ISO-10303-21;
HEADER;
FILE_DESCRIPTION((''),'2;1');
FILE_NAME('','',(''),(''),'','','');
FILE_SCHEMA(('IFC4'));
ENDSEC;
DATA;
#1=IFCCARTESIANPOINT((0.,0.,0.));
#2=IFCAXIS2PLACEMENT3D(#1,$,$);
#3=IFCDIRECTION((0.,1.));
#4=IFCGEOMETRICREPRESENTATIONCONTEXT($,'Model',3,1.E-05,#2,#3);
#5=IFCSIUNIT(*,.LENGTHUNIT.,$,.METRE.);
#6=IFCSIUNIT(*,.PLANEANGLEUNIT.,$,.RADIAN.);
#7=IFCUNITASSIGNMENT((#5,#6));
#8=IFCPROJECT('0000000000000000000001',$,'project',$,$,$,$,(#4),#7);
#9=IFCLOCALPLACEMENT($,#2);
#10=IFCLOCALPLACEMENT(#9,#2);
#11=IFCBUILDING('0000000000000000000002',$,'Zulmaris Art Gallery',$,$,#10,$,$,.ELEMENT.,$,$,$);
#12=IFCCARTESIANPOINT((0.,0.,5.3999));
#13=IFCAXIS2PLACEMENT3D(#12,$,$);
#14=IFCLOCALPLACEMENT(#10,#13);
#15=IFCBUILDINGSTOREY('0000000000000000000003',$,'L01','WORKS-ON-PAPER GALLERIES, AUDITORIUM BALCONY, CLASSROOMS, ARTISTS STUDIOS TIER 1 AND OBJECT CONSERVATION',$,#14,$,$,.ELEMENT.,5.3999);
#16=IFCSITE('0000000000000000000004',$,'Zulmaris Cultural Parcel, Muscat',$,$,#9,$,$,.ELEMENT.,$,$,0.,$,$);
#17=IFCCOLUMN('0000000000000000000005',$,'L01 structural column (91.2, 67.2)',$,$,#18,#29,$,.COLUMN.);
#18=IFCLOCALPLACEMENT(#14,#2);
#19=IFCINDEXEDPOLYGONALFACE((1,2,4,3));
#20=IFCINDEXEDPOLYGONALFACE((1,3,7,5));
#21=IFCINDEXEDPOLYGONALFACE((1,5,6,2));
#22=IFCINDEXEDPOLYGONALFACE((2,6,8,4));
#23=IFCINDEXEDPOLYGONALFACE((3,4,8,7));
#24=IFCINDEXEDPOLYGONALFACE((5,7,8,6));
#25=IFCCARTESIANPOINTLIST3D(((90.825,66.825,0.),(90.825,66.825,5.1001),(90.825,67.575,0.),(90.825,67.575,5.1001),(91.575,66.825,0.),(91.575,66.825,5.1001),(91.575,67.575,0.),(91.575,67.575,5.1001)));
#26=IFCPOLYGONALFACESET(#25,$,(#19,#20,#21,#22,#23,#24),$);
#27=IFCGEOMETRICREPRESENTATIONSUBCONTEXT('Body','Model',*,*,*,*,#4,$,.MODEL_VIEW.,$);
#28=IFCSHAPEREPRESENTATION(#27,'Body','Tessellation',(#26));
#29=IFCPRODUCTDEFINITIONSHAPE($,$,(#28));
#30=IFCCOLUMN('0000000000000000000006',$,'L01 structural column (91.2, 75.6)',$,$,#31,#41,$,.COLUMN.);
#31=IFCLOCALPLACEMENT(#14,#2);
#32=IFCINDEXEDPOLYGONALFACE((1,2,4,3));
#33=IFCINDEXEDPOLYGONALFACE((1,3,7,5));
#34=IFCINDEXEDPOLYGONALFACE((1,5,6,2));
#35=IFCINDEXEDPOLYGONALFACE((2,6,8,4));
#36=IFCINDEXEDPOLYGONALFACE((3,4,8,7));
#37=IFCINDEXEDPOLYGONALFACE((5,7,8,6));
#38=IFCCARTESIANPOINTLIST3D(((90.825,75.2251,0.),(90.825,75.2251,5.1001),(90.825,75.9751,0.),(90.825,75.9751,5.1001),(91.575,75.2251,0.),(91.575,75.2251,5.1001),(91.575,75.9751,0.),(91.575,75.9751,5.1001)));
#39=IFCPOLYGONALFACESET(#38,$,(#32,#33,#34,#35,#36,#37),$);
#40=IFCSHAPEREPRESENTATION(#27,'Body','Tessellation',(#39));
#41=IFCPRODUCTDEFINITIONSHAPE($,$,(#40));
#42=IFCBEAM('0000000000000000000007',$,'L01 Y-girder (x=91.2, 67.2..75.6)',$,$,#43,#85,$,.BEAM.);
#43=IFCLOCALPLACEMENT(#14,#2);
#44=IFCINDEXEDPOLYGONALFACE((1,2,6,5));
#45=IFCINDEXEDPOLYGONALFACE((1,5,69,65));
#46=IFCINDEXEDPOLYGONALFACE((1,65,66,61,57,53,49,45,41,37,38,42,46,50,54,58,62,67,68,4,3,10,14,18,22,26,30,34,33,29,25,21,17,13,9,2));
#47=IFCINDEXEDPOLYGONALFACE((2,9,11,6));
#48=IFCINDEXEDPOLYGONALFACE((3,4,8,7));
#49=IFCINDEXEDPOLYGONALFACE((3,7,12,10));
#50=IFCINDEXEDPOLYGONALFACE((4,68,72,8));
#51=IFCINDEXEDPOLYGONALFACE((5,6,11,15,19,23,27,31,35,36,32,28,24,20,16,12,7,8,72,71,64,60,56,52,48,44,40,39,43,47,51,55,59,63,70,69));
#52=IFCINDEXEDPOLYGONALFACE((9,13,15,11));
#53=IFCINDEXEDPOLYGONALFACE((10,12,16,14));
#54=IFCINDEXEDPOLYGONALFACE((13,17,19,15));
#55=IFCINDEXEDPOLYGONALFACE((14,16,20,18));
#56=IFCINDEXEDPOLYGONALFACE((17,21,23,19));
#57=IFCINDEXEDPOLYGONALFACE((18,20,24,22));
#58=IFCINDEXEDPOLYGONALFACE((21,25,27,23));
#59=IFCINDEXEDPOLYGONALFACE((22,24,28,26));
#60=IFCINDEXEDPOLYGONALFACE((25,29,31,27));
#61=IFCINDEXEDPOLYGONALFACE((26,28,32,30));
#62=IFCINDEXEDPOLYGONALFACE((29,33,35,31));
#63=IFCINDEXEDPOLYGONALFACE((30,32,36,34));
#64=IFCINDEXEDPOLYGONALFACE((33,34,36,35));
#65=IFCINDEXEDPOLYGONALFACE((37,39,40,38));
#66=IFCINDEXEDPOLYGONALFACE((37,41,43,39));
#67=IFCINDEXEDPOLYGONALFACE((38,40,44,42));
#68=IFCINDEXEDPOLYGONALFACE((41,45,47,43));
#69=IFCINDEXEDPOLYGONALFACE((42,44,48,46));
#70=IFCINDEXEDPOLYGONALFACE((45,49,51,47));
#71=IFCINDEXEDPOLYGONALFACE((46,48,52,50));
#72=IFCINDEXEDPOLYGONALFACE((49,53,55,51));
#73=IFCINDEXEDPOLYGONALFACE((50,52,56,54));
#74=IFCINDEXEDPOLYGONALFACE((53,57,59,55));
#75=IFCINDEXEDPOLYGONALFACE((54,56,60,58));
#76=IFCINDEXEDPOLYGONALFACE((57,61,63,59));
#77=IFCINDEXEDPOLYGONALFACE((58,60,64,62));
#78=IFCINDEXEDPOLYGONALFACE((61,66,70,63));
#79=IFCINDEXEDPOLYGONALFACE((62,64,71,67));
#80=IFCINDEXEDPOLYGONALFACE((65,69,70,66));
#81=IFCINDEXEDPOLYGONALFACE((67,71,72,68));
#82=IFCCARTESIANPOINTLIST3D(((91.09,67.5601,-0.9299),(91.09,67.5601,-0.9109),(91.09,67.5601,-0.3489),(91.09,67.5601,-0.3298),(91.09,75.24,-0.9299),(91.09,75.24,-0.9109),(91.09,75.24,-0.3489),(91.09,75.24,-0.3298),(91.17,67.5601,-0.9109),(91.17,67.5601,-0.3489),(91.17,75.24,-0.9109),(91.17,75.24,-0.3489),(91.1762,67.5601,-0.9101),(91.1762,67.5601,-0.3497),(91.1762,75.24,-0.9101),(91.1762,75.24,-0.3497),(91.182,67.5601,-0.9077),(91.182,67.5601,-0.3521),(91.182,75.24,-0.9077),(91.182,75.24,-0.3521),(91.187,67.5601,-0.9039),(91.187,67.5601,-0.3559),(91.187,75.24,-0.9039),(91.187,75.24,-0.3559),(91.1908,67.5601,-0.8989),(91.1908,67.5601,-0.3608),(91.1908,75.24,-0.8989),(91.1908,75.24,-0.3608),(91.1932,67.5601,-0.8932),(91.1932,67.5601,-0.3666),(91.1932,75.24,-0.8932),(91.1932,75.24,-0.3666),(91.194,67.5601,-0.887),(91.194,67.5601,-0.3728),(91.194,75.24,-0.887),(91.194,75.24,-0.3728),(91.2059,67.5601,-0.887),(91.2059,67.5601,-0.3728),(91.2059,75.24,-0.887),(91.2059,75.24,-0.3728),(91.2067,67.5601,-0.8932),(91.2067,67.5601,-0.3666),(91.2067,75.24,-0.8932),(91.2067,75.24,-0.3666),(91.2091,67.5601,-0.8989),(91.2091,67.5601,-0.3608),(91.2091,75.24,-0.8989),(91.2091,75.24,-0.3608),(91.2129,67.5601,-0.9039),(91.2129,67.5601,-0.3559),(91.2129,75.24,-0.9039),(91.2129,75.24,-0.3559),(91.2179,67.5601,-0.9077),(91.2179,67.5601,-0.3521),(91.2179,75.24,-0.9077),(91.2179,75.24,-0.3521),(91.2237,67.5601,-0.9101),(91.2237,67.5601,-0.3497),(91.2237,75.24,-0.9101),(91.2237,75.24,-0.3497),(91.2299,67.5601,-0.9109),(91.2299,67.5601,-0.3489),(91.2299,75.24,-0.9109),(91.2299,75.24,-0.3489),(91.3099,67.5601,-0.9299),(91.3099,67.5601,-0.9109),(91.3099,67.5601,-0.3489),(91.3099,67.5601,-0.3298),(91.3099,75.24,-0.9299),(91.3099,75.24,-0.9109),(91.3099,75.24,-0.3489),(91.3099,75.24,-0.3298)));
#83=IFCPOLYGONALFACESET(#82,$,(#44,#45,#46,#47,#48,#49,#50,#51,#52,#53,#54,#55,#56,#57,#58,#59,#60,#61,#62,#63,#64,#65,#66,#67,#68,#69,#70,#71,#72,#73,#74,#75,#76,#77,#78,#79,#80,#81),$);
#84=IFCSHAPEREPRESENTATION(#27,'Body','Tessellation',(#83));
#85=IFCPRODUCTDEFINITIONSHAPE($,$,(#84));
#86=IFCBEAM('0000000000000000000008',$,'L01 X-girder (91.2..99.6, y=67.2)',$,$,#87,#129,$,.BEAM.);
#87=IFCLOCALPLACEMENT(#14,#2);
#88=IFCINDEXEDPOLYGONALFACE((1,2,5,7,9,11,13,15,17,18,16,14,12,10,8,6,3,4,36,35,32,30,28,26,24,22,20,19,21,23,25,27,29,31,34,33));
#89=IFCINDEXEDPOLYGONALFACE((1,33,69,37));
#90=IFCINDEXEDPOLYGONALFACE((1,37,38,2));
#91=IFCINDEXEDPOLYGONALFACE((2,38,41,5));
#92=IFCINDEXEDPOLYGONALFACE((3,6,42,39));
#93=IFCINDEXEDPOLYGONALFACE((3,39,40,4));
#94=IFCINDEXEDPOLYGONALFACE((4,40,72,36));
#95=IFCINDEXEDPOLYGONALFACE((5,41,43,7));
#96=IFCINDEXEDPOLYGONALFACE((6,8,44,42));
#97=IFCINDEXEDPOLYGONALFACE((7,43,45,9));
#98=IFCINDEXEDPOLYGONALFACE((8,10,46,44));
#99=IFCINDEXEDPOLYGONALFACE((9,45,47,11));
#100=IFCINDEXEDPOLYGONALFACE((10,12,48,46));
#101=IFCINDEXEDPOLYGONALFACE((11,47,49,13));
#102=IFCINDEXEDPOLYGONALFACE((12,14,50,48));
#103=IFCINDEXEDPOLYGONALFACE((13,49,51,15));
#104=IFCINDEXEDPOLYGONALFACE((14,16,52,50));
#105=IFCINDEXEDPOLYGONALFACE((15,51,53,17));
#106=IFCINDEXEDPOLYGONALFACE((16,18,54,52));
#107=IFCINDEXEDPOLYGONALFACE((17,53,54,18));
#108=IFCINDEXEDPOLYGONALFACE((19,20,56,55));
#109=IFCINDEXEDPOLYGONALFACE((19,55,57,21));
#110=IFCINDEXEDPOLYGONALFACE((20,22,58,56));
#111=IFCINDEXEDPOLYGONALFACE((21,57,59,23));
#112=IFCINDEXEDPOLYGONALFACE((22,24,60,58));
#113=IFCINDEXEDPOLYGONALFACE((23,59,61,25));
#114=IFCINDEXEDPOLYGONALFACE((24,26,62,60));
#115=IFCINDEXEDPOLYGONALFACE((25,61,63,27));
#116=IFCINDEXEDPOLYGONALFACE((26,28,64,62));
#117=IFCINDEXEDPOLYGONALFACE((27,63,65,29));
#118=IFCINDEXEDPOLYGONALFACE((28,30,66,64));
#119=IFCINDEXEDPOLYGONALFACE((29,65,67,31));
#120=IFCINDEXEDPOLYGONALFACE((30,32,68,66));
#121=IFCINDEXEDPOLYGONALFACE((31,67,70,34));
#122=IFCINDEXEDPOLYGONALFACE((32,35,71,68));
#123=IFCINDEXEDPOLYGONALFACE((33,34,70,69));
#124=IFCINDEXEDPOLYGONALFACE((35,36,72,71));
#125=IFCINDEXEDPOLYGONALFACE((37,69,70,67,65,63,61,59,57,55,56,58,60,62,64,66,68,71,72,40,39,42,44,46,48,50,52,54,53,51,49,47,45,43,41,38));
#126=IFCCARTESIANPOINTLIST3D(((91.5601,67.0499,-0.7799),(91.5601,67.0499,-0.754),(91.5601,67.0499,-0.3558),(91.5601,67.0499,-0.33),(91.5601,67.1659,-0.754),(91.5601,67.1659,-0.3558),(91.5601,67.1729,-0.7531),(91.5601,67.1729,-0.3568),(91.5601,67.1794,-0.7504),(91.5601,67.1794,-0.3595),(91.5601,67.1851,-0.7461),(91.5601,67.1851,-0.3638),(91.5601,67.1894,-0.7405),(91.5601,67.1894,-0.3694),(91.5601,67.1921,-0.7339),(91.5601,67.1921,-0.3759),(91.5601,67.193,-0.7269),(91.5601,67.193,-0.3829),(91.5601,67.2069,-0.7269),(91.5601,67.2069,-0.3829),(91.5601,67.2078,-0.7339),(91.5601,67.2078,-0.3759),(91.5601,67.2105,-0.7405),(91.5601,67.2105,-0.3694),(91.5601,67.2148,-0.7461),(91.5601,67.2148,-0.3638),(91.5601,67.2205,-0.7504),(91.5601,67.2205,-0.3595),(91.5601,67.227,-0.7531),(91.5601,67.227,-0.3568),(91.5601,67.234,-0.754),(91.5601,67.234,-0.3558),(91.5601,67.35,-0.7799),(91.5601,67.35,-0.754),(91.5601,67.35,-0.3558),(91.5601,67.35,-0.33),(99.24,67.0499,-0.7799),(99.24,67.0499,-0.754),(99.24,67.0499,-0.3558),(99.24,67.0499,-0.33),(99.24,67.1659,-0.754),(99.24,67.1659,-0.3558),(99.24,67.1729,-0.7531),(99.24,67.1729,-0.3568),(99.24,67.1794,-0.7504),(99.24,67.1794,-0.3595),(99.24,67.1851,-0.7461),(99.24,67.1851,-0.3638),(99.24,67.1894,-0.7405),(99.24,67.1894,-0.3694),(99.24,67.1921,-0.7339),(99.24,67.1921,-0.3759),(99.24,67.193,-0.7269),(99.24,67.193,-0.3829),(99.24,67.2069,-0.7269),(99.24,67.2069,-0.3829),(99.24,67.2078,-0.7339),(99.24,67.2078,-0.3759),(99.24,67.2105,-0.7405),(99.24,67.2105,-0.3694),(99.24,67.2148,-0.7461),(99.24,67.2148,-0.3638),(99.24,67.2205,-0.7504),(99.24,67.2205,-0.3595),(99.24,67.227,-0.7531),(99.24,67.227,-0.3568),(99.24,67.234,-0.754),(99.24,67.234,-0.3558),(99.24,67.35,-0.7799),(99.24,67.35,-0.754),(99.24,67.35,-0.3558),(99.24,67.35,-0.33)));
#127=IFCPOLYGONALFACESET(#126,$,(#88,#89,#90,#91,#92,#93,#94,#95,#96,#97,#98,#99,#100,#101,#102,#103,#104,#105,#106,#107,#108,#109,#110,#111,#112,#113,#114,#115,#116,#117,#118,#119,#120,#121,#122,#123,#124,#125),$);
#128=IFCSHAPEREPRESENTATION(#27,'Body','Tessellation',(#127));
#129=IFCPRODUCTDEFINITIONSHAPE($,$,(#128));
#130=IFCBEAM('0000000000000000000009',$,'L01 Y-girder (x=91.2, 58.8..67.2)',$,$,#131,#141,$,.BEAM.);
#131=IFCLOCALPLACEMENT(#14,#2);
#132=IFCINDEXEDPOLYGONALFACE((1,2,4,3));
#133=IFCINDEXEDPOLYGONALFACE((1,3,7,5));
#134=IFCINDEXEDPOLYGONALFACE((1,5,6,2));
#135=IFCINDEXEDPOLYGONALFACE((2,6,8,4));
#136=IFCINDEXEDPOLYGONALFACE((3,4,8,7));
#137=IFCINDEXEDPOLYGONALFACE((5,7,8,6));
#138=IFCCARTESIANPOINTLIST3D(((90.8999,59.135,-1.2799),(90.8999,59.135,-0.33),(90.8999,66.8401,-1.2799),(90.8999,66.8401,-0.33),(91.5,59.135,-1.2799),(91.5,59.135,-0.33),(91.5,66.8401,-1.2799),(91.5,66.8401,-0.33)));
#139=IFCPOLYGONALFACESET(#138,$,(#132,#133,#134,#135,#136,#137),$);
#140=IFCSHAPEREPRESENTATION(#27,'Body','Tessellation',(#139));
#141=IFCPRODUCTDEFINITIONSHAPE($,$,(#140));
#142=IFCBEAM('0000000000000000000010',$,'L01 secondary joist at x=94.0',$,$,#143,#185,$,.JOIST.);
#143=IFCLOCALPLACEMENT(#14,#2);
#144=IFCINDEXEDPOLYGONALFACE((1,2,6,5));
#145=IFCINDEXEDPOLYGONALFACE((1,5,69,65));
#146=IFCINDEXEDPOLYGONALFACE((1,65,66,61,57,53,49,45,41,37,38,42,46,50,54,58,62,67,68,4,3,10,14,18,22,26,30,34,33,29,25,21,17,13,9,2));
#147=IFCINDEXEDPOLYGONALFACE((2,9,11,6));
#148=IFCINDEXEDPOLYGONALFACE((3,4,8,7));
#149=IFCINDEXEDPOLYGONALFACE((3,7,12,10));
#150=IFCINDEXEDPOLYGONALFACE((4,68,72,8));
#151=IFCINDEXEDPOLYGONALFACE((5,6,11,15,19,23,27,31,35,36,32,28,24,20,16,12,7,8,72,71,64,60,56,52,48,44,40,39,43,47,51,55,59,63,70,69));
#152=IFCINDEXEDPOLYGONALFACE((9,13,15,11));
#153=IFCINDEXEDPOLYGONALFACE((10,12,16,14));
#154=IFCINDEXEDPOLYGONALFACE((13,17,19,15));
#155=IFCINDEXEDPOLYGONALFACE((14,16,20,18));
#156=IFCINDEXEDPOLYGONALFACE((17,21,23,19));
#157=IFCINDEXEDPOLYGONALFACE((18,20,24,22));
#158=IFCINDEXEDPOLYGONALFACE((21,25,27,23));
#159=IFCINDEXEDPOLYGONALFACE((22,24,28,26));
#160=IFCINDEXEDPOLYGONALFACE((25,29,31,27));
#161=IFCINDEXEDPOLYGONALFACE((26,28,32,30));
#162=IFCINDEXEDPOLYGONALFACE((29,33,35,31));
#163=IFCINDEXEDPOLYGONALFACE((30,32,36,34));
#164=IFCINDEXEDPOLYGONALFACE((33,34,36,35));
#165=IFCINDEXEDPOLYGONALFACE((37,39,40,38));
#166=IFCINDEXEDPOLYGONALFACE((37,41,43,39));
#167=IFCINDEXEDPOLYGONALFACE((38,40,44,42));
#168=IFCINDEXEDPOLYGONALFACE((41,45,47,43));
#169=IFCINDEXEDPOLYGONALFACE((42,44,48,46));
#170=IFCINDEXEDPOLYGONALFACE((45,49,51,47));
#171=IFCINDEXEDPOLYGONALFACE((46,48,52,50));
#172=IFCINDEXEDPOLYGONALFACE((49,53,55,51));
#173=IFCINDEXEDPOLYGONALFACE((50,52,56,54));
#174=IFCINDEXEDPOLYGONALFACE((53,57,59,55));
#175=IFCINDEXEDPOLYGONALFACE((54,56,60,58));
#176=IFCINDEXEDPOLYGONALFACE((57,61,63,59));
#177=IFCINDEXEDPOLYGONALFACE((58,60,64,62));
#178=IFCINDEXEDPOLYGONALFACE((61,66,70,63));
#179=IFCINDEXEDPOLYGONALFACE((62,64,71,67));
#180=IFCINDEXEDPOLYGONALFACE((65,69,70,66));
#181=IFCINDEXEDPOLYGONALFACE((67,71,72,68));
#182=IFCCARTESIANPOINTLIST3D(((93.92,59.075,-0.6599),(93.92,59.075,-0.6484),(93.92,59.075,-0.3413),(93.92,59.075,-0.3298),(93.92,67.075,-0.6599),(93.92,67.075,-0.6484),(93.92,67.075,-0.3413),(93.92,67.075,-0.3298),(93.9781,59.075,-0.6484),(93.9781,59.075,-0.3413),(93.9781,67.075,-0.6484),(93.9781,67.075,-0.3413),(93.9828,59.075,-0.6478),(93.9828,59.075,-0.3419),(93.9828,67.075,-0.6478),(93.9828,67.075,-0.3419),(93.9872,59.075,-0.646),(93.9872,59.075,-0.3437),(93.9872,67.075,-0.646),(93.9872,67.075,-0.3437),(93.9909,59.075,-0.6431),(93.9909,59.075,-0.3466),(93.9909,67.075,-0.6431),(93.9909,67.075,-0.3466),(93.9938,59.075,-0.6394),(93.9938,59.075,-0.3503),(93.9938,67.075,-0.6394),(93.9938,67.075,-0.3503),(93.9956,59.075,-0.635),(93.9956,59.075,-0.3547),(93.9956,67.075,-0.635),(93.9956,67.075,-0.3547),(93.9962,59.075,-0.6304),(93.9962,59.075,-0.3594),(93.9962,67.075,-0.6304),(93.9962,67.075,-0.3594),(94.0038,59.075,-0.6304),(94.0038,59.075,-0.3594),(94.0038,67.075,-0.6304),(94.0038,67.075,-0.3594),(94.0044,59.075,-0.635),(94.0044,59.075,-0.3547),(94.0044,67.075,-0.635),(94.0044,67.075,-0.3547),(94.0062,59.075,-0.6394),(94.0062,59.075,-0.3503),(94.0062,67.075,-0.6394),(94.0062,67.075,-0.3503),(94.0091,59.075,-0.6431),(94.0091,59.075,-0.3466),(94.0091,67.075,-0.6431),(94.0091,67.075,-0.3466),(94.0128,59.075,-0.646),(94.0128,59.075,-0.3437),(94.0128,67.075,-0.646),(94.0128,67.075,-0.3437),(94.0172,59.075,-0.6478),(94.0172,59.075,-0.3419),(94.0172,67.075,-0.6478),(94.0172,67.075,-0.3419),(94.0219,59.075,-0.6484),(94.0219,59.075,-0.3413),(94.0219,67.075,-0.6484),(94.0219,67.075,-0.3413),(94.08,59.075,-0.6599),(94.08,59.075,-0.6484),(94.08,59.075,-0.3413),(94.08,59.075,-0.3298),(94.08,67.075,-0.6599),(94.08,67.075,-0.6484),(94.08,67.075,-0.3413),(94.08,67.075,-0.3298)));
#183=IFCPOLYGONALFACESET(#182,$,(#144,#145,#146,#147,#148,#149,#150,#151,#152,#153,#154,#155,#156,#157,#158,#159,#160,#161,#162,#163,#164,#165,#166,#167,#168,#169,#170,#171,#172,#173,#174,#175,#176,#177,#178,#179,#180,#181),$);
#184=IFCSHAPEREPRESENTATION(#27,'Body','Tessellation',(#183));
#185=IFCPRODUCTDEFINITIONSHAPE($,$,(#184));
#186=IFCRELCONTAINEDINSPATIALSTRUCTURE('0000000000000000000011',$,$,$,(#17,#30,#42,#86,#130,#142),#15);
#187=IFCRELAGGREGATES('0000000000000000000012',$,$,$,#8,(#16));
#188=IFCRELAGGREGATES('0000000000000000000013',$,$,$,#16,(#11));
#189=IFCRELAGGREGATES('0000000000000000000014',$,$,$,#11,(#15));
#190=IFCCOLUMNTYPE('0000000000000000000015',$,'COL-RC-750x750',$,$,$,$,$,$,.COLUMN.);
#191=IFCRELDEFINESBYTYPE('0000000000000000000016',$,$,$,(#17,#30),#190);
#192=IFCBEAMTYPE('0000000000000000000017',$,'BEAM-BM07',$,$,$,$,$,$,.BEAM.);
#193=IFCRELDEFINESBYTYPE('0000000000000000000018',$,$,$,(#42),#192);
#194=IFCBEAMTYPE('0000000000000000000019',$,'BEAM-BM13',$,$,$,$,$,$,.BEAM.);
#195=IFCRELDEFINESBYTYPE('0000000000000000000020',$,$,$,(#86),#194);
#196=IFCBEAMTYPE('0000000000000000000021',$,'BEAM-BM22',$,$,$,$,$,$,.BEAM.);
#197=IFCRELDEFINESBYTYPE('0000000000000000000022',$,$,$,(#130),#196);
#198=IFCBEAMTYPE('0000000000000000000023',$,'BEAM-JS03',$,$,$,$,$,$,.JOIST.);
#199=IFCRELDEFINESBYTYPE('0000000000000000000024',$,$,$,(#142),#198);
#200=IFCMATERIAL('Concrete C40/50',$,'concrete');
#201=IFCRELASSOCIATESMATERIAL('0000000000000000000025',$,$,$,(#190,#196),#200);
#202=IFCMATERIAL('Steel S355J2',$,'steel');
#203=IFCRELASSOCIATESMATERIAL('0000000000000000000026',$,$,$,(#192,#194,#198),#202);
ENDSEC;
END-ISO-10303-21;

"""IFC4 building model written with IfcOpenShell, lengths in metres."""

from ifc_helpers import new_model, si_unit, direction, frame, origin, origin_2d, place, context, subcontext, project, spatial, rectangle, i_section, extrude, material, material_profile, profile_set, type_object, element, save


model = new_model("IFC4")

# Units and contexts
model_context = context("Model", 3, precision=1e-05, world=origin(), true_north=direction((0.0, 1.0)))
body_context = subcontext(model_context, "Body", "Model", "MODEL_VIEW")
ifc_project = project(units=[si_unit("LENGTHUNIT", "METRE"), si_unit("PLANEANGLEUNIT", "RADIAN")], contexts=[model_context])

# Site, building, storey
site_placement = place(None, origin())
site = spatial("IfcSite", under=ifc_project, at=site_placement, Name="Zulmaris Cultural Parcel, Muscat", CompositionType="ELEMENT", RefElevation=0.0)
building_placement = place(site_placement, origin())
building = spatial("IfcBuilding", under=site, at=building_placement, Name="Zulmaris Art Gallery", CompositionType="ELEMENT")
storey_placement = place(building_placement, frame((0.0, 0.0, 5.3999)))
storey = spatial("IfcBuildingStorey", under=building, at=storey_placement, Name="L01", Description="WORKS-ON-PAPER GALLERIES, AUDITORIUM BALCONY, CLASSROOMS, ARTISTS STUDIOS TIER 1 AND OBJECT CONSERVATION", CompositionType="ELEMENT", Elevation=5.3999)

# Columns
ifc_material_1 = material(Name="Concrete C40/50", Category="concrete")
ifc_material_profile_1 = material_profile(ifc_material_1, rectangle(XDim=0.75, YDim=0.75, at=origin_2d()), Name="RC 750x750")
ifc_profile_set_1 = profile_set([ifc_material_profile_1], Name="Concrete C40/50")
column_type = type_object("IfcColumnType", Name="COL-RC-750x750", PredefinedType="COLUMN", material=ifc_profile_set_1)
for number, where, z_axis, x_axis, name in (
    (1, (91.2, 67.2, 0.0), (0.0, 0.0, 1.0), (1.0, 0.0, 0.0), "L01 structural column (91.2, 67.2)"),
    (2, (91.2, 75.6001, 0.0), (0.0, 0.0, 1.0), (1.0, 0.0, 0.0), "L01 structural column (91.2, 75.6)"),
):
    element("IfcColumn", number, at=place(storey_placement, frame(where, z_axis=z_axis, x_axis=x_axis)), inside=storey, type_object=column_type, Name=name, PredefinedType="COLUMN", context=body_context, shape_type="SweptSolid", body=[
        extrude(rectangle(XDim=0.75, YDim=0.75, at=origin_2d()), origin(), (0.0, 0.0, 1.0), 5.1001),
    ])

# Beams
ifc_material_2 = material(Name="Steel S355J2", Category="steel")
ifc_material_profile_2 = material_profile(ifc_material_2, i_section(OverallWidth=0.22, OverallDepth=0.6001, WebThickness=0.012, FlangeThickness=0.019, FilletRadius=0.0239, at=origin_2d()), Name="IPE 600")
ifc_profile_set_2 = profile_set([ifc_material_profile_2], Name="Steel S355J2")
beam_type_1 = type_object("IfcBeamType", Name="BEAM-BM07", PredefinedType="BEAM", material=ifc_profile_set_2)
beam_1_placement = place(storey_placement, frame((91.2, 67.5601, -0.6299), z_axis=(0.0, 1.0, 0.0), x_axis=(-1.0, 0.0, 0.0)))
element("IfcBeam", 3, at=beam_1_placement, inside=storey, type_object=beam_type_1, Name="L01 Y-girder (x=91.2, 67.2..75.6)", PredefinedType="BEAM", context=body_context, shape_type="SweptSolid", body=[
    extrude(i_section(OverallWidth=0.22, OverallDepth=0.6001, WebThickness=0.012, FlangeThickness=0.019, FilletRadius=0.0239, at=origin_2d()), origin(), (0.0, 0.0, 1.0), 7.6799),
])
ifc_material_profile_3 = material_profile(ifc_material_2, i_section(OverallWidth=0.3, OverallDepth=0.45, WebThickness=0.0139, FlangeThickness=0.0259, FilletRadius=0.0271, at=origin_2d()), Name="HEB 450")
ifc_profile_set_3 = profile_set([ifc_material_profile_3], Name="Steel S355J2")
beam_type_2 = type_object("IfcBeamType", Name="BEAM-BM13", PredefinedType="BEAM", material=ifc_profile_set_3)
beam_2_placement = place(storey_placement, frame((91.5601, 67.2, -0.5549), z_axis=(1.0, 0.0, 0.0), x_axis=(0.0, 1.0, 0.0)))
element("IfcBeam", 4, at=beam_2_placement, inside=storey, type_object=beam_type_2, Name="L01 X-girder (91.2..99.6, y=67.2)", PredefinedType="BEAM", context=body_context, shape_type="SweptSolid", body=[
    extrude(i_section(OverallWidth=0.3, OverallDepth=0.45, WebThickness=0.0139, FlangeThickness=0.0259, FilletRadius=0.0271, at=origin_2d()), origin(), (0.0, 0.0, 1.0), 7.6799),
])
ifc_material_profile_4 = material_profile(ifc_material_1, rectangle(XDim=0.6001, YDim=0.95, at=origin_2d()), Name="RC 600x950")
ifc_profile_set_4 = profile_set([ifc_material_profile_4], Name="Concrete C40/50")
beam_type_3 = type_object("IfcBeamType", Name="BEAM-BM22", PredefinedType="BEAM", material=ifc_profile_set_4)
beam_3_placement = place(storey_placement, frame((91.2, 59.135, -0.8049), z_axis=(0.0, 1.0, 0.0), x_axis=(-1.0, 0.0, 0.0)))
element("IfcBeam", 5, at=beam_3_placement, inside=storey, type_object=beam_type_3, Name="L01 Y-girder (x=91.2, 58.8..67.2)", PredefinedType="BEAM", context=body_context, shape_type="SweptSolid", body=[
    extrude(rectangle(XDim=0.6001, YDim=0.95, at=origin_2d()), origin(), (0.0, 0.0, 1.0), 7.7051),
])
ifc_material_profile_5 = material_profile(ifc_material_2, i_section(OverallWidth=0.1599, OverallDepth=0.3301, WebThickness=0.0076, FlangeThickness=0.0115, FilletRadius=0.0181, at=origin_2d()), Name="IPE 330")
ifc_profile_set_5 = profile_set([ifc_material_profile_5], Name="Steel S355J2")
beam_type_4 = type_object("IfcBeamType", Name="BEAM-JS03", PredefinedType="JOIST", material=ifc_profile_set_5)
beam_4_placement = place(storey_placement, frame((94.0, 59.075, -0.4949), z_axis=(0.0, 1.0, 0.0), x_axis=(-1.0, 0.0, 0.0)))
element("IfcBeam", 6, at=beam_4_placement, inside=storey, type_object=beam_type_4, Name="L01 secondary joist at x=94.0", PredefinedType="JOIST", context=body_context, shape_type="SweptSolid", body=[
    extrude(i_section(OverallWidth=0.1599, OverallDepth=0.3301, WebThickness=0.0076, FlangeThickness=0.0115, FilletRadius=0.0181, at=origin_2d()), origin(), (0.0, 0.0, 1.0), 8.0),
])

save(model, "model.ifc")
